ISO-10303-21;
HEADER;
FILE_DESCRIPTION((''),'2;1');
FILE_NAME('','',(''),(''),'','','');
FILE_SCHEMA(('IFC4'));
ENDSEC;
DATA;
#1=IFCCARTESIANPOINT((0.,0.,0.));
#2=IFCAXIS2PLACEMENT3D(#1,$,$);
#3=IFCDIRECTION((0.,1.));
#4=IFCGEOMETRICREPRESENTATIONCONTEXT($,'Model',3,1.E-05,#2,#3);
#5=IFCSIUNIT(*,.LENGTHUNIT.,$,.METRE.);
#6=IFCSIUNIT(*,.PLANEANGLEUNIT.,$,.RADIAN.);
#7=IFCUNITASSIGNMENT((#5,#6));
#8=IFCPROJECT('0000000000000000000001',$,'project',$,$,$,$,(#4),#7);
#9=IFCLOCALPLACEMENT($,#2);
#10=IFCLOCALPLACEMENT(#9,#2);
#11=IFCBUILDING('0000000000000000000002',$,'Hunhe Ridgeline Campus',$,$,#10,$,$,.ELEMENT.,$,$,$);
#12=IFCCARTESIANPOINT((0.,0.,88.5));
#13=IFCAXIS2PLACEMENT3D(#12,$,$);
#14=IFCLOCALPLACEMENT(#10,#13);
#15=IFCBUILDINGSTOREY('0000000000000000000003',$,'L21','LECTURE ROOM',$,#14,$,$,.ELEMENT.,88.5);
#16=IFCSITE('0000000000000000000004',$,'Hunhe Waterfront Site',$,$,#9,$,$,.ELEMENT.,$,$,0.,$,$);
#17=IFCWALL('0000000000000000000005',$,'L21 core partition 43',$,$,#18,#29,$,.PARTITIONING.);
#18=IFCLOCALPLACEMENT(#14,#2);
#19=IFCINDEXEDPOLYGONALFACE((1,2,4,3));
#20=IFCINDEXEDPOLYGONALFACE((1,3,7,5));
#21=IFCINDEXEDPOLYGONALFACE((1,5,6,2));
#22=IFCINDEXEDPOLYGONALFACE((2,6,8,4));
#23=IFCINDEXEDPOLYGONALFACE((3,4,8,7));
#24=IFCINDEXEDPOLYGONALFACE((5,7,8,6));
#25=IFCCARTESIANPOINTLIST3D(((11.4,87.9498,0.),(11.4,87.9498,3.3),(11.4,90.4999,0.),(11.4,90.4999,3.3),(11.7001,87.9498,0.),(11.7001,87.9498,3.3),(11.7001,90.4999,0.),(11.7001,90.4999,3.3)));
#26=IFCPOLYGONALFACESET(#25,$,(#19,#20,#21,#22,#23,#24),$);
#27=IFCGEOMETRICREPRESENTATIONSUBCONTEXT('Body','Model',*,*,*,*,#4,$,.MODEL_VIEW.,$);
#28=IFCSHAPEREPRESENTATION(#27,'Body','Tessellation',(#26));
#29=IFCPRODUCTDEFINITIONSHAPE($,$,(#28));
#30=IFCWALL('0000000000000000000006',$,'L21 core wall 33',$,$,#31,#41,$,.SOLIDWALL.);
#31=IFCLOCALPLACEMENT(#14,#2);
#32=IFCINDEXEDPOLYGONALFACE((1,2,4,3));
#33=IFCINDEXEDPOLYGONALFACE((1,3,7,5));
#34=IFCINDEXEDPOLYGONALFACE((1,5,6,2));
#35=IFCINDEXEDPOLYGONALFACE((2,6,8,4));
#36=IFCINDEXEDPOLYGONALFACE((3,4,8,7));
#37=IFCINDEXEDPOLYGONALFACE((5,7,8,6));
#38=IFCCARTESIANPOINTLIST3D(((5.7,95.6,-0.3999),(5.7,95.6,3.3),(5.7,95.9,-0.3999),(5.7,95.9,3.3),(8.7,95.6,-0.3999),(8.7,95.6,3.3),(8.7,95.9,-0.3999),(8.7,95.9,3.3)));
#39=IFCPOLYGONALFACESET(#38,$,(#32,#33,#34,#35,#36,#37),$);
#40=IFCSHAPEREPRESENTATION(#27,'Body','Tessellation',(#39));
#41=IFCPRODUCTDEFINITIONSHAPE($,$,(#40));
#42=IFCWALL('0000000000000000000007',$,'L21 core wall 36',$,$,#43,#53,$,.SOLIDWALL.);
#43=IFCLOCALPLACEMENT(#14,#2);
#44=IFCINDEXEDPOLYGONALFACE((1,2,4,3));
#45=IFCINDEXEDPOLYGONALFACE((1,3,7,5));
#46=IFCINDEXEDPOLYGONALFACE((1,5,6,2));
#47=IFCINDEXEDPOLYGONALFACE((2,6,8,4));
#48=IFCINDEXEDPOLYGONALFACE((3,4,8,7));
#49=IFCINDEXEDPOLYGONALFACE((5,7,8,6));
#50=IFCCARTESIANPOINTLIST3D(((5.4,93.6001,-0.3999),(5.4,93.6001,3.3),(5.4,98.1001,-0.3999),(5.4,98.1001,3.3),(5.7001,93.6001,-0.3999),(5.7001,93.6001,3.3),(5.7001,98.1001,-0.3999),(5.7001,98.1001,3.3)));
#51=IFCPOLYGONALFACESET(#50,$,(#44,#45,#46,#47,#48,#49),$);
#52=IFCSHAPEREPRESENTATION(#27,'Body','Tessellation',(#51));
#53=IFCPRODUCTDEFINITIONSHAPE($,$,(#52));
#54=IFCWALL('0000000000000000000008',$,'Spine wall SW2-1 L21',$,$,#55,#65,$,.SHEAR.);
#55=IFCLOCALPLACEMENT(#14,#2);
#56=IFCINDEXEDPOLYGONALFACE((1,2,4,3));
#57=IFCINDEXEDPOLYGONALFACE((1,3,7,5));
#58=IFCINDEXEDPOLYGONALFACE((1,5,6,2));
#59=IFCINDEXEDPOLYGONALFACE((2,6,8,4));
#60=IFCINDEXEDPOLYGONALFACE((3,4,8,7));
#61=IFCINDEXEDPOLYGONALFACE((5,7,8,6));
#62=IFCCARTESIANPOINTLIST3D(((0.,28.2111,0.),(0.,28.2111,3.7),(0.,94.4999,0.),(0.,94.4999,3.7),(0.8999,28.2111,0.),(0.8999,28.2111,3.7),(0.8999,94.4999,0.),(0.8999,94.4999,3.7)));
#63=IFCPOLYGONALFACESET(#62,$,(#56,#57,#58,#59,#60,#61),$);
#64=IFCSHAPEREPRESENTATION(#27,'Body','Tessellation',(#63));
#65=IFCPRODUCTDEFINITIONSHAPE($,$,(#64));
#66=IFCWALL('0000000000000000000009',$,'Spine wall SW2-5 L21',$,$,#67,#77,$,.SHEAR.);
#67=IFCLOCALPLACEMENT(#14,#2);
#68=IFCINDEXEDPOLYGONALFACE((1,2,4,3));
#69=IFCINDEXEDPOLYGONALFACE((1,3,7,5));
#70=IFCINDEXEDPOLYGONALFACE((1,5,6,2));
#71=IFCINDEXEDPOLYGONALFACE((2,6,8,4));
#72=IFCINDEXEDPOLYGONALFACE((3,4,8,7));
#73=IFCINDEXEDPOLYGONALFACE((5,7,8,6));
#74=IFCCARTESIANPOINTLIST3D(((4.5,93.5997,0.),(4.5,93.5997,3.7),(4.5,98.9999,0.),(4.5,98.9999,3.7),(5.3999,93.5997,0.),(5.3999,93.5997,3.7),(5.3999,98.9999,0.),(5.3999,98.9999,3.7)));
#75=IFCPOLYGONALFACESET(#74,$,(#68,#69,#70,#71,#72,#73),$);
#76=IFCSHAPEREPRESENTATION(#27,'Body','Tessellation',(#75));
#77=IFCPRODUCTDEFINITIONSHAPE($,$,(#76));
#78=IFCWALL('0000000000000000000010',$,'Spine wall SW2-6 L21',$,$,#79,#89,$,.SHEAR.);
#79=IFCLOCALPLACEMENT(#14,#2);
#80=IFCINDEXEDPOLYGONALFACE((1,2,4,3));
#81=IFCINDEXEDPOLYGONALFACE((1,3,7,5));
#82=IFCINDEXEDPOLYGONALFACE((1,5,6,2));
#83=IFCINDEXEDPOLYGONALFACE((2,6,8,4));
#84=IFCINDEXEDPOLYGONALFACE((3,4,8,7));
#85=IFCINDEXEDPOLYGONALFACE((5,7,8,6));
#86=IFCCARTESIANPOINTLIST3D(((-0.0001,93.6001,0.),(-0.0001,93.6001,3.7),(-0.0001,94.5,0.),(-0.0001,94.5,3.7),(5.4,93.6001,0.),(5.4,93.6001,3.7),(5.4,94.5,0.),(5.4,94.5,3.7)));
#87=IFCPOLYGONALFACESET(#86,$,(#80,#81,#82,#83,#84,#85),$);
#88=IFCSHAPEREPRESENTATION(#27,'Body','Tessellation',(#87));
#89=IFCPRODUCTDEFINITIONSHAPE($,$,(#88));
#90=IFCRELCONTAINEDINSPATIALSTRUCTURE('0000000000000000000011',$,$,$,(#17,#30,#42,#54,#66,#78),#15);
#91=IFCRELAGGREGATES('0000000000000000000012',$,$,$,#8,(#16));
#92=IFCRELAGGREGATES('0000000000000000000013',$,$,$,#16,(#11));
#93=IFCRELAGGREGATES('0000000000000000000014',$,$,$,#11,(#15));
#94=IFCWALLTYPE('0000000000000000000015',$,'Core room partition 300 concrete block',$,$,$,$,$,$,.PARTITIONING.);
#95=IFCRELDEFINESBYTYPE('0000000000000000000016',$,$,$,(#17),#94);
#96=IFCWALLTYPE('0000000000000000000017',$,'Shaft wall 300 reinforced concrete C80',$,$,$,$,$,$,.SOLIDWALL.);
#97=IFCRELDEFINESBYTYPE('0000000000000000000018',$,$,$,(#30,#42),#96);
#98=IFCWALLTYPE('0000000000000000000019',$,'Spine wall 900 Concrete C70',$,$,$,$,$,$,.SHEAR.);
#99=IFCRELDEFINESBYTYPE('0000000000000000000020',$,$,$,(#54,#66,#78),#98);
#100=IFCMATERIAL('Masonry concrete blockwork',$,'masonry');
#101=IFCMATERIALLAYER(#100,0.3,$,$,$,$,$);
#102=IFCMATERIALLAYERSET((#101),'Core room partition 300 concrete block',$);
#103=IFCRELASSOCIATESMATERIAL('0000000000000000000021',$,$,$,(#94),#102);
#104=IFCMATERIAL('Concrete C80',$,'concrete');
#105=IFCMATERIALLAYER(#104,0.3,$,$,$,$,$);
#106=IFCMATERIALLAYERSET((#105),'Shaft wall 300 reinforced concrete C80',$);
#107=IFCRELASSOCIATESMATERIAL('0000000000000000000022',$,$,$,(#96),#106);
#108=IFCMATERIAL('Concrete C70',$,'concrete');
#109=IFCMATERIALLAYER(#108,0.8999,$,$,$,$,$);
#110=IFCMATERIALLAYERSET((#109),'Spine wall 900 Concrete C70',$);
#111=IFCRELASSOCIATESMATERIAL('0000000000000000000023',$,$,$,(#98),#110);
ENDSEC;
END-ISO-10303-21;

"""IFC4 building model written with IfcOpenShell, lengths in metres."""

from ifc_helpers import new_model, si_unit, direction, frame, frame_2d, origin, place, context, subcontext, project, spatial, rectangle, extrude, material, layer, layer_set, type_object, element, save


model = new_model("IFC4")

# Units and contexts
model_context = context("Model", 3, precision=1e-05, world=origin(), true_north=direction((0.0, 1.0)))
body_context = subcontext(model_context, "Body", "Model", "MODEL_VIEW")
ifc_project = project(units=[si_unit("LENGTHUNIT", "METRE"), si_unit("PLANEANGLEUNIT", "RADIAN")], contexts=[model_context])

# Site, building, storey
site_placement = place(None, origin())
site = spatial("IfcSite", under=ifc_project, at=site_placement, Name="Hunhe Waterfront Site", CompositionType="ELEMENT", RefElevation=0.0)
building_placement = place(site_placement, origin())
building = spatial("IfcBuilding", under=site, at=building_placement, Name="Hunhe Ridgeline Campus", CompositionType="ELEMENT")
storey_placement = place(building_placement, frame((0.0, 0.0, 88.5)))
storey = spatial("IfcBuildingStorey", under=building, at=storey_placement, Name="L21", Description="LECTURE ROOM", CompositionType="ELEMENT", Elevation=88.5)

# Wall
ifc_material_1 = material(Name="Masonry concrete blockwork", Category="masonry")
ifc_layer_1 = layer(ifc_material_1, 0.3)
ifc_layer_set_1 = layer_set([ifc_layer_1], Name="Core room partition 300 concrete block")
wall_type_1 = type_object("IfcWallType", Name="Core room partition 300 concrete block", PredefinedType="PARTITIONING", material=ifc_layer_set_1)
wall_1_placement = place(storey_placement, frame((11.55, 87.95, 0.0), z_axis=(0.0, 0.0, 1.0), x_axis=(0.0, 1.0, 0.0)))
element("IfcWall", 1, at=wall_1_placement, inside=storey, type_object=wall_type_1, Name="L21 core partition 43", PredefinedType="PARTITIONING", context=body_context, shape_type="SweptSolid", body=[
    extrude(rectangle(XDim=2.55, YDim=0.3, at=frame_2d((1.2749, 0.0))), origin(), (0.0, 0.0, 1.0), 3.3),
])

# Shared definitions
ifc_material_2 = material(Name="Concrete C80", Category="concrete")
ifc_layer_2 = layer(ifc_material_2, 0.3)
ifc_layer_set_2 = layer_set([ifc_layer_2], Name="Shaft wall 300 reinforced concrete C80")
wall_type_2 = type_object("IfcWallType", Name="Shaft wall 300 reinforced concrete C80", PredefinedType="SOLIDWALL", material=ifc_layer_set_2)

# Walls
wall_2_placement = place(storey_placement, frame((5.7, 95.75, -0.3999), z_axis=(0.0, 0.0, 1.0), x_axis=(1.0, 0.0, 0.0)))
element("IfcWall", 2, at=wall_2_placement, inside=storey, type_object=wall_type_2, Name="L21 core wall 33", PredefinedType="SOLIDWALL", context=body_context, shape_type="SweptSolid", body=[
    extrude(rectangle(XDim=3.0, YDim=0.3, at=frame_2d((1.5, 0.0))), origin(), (0.0, 0.0, 1.0), 3.7),
])
wall_3_placement = place(storey_placement, frame((5.55, 93.6001, -0.3999), z_axis=(0.0, 0.0, 1.0), x_axis=(0.0, 1.0, 0.0)))
element("IfcWall", 3, at=wall_3_placement, inside=storey, type_object=wall_type_2, Name="L21 core wall 36", PredefinedType="SOLIDWALL", context=body_context, shape_type="SweptSolid", body=[
    extrude(rectangle(XDim=4.5, YDim=0.3, at=frame_2d((2.25, 0.0))), origin(), (0.0, 0.0, 1.0), 3.7),
])

# Walls
ifc_material_3 = material(Name="Concrete C70", Category="concrete")
ifc_layer_3 = layer(ifc_material_3, 0.8999)
ifc_layer_set_3 = layer_set([ifc_layer_3], Name="Spine wall 900 Concrete C70")
wall_type_3 = type_object("IfcWallType", Name="Spine wall 900 Concrete C70", PredefinedType="SHEAR", material=ifc_layer_set_3)
wall_4_placement = place(storey_placement, frame((0.45, 94.5, 0.0), z_axis=(0.0, 0.0, 1.0), x_axis=(0.0, -1.0, 0.0)))
element("IfcWall", 4, at=wall_4_placement, inside=storey, type_object=wall_type_3, Name="Spine wall SW2-1 L21", PredefinedType="SHEAR", context=body_context, shape_type="SweptSolid", body=[
    extrude(rectangle(XDim=66.2888, YDim=0.8999, at=frame_2d((33.1445, 0.0))), origin(), (0.0, 0.0, 1.0), 3.7),
])
for number, where, z_axis, x_axis, name in (
    (5, (4.95, 99.0, 0.0), (0.0, 0.0, 1.0), (0.0, -1.0, 0.0), "Spine wall SW2-5 L21"),
    (6, (5.4001, 94.05, 0.0), (0.0, 0.0, 1.0), (-1.0, 0.0, 0.0), "Spine wall SW2-6 L21"),
):
    element("IfcWall", number, at=place(storey_placement, frame(where, z_axis=z_axis, x_axis=x_axis)), inside=storey, type_object=wall_type_3, Name=name, PredefinedType="SHEAR", context=body_context, shape_type="SweptSolid", body=[
        extrude(rectangle(XDim=5.4001, YDim=0.8999, at=frame_2d((2.7002, 0.0))), origin(), (0.0, 0.0, 1.0), 3.7),
    ])

save(model, "model.ifc")
